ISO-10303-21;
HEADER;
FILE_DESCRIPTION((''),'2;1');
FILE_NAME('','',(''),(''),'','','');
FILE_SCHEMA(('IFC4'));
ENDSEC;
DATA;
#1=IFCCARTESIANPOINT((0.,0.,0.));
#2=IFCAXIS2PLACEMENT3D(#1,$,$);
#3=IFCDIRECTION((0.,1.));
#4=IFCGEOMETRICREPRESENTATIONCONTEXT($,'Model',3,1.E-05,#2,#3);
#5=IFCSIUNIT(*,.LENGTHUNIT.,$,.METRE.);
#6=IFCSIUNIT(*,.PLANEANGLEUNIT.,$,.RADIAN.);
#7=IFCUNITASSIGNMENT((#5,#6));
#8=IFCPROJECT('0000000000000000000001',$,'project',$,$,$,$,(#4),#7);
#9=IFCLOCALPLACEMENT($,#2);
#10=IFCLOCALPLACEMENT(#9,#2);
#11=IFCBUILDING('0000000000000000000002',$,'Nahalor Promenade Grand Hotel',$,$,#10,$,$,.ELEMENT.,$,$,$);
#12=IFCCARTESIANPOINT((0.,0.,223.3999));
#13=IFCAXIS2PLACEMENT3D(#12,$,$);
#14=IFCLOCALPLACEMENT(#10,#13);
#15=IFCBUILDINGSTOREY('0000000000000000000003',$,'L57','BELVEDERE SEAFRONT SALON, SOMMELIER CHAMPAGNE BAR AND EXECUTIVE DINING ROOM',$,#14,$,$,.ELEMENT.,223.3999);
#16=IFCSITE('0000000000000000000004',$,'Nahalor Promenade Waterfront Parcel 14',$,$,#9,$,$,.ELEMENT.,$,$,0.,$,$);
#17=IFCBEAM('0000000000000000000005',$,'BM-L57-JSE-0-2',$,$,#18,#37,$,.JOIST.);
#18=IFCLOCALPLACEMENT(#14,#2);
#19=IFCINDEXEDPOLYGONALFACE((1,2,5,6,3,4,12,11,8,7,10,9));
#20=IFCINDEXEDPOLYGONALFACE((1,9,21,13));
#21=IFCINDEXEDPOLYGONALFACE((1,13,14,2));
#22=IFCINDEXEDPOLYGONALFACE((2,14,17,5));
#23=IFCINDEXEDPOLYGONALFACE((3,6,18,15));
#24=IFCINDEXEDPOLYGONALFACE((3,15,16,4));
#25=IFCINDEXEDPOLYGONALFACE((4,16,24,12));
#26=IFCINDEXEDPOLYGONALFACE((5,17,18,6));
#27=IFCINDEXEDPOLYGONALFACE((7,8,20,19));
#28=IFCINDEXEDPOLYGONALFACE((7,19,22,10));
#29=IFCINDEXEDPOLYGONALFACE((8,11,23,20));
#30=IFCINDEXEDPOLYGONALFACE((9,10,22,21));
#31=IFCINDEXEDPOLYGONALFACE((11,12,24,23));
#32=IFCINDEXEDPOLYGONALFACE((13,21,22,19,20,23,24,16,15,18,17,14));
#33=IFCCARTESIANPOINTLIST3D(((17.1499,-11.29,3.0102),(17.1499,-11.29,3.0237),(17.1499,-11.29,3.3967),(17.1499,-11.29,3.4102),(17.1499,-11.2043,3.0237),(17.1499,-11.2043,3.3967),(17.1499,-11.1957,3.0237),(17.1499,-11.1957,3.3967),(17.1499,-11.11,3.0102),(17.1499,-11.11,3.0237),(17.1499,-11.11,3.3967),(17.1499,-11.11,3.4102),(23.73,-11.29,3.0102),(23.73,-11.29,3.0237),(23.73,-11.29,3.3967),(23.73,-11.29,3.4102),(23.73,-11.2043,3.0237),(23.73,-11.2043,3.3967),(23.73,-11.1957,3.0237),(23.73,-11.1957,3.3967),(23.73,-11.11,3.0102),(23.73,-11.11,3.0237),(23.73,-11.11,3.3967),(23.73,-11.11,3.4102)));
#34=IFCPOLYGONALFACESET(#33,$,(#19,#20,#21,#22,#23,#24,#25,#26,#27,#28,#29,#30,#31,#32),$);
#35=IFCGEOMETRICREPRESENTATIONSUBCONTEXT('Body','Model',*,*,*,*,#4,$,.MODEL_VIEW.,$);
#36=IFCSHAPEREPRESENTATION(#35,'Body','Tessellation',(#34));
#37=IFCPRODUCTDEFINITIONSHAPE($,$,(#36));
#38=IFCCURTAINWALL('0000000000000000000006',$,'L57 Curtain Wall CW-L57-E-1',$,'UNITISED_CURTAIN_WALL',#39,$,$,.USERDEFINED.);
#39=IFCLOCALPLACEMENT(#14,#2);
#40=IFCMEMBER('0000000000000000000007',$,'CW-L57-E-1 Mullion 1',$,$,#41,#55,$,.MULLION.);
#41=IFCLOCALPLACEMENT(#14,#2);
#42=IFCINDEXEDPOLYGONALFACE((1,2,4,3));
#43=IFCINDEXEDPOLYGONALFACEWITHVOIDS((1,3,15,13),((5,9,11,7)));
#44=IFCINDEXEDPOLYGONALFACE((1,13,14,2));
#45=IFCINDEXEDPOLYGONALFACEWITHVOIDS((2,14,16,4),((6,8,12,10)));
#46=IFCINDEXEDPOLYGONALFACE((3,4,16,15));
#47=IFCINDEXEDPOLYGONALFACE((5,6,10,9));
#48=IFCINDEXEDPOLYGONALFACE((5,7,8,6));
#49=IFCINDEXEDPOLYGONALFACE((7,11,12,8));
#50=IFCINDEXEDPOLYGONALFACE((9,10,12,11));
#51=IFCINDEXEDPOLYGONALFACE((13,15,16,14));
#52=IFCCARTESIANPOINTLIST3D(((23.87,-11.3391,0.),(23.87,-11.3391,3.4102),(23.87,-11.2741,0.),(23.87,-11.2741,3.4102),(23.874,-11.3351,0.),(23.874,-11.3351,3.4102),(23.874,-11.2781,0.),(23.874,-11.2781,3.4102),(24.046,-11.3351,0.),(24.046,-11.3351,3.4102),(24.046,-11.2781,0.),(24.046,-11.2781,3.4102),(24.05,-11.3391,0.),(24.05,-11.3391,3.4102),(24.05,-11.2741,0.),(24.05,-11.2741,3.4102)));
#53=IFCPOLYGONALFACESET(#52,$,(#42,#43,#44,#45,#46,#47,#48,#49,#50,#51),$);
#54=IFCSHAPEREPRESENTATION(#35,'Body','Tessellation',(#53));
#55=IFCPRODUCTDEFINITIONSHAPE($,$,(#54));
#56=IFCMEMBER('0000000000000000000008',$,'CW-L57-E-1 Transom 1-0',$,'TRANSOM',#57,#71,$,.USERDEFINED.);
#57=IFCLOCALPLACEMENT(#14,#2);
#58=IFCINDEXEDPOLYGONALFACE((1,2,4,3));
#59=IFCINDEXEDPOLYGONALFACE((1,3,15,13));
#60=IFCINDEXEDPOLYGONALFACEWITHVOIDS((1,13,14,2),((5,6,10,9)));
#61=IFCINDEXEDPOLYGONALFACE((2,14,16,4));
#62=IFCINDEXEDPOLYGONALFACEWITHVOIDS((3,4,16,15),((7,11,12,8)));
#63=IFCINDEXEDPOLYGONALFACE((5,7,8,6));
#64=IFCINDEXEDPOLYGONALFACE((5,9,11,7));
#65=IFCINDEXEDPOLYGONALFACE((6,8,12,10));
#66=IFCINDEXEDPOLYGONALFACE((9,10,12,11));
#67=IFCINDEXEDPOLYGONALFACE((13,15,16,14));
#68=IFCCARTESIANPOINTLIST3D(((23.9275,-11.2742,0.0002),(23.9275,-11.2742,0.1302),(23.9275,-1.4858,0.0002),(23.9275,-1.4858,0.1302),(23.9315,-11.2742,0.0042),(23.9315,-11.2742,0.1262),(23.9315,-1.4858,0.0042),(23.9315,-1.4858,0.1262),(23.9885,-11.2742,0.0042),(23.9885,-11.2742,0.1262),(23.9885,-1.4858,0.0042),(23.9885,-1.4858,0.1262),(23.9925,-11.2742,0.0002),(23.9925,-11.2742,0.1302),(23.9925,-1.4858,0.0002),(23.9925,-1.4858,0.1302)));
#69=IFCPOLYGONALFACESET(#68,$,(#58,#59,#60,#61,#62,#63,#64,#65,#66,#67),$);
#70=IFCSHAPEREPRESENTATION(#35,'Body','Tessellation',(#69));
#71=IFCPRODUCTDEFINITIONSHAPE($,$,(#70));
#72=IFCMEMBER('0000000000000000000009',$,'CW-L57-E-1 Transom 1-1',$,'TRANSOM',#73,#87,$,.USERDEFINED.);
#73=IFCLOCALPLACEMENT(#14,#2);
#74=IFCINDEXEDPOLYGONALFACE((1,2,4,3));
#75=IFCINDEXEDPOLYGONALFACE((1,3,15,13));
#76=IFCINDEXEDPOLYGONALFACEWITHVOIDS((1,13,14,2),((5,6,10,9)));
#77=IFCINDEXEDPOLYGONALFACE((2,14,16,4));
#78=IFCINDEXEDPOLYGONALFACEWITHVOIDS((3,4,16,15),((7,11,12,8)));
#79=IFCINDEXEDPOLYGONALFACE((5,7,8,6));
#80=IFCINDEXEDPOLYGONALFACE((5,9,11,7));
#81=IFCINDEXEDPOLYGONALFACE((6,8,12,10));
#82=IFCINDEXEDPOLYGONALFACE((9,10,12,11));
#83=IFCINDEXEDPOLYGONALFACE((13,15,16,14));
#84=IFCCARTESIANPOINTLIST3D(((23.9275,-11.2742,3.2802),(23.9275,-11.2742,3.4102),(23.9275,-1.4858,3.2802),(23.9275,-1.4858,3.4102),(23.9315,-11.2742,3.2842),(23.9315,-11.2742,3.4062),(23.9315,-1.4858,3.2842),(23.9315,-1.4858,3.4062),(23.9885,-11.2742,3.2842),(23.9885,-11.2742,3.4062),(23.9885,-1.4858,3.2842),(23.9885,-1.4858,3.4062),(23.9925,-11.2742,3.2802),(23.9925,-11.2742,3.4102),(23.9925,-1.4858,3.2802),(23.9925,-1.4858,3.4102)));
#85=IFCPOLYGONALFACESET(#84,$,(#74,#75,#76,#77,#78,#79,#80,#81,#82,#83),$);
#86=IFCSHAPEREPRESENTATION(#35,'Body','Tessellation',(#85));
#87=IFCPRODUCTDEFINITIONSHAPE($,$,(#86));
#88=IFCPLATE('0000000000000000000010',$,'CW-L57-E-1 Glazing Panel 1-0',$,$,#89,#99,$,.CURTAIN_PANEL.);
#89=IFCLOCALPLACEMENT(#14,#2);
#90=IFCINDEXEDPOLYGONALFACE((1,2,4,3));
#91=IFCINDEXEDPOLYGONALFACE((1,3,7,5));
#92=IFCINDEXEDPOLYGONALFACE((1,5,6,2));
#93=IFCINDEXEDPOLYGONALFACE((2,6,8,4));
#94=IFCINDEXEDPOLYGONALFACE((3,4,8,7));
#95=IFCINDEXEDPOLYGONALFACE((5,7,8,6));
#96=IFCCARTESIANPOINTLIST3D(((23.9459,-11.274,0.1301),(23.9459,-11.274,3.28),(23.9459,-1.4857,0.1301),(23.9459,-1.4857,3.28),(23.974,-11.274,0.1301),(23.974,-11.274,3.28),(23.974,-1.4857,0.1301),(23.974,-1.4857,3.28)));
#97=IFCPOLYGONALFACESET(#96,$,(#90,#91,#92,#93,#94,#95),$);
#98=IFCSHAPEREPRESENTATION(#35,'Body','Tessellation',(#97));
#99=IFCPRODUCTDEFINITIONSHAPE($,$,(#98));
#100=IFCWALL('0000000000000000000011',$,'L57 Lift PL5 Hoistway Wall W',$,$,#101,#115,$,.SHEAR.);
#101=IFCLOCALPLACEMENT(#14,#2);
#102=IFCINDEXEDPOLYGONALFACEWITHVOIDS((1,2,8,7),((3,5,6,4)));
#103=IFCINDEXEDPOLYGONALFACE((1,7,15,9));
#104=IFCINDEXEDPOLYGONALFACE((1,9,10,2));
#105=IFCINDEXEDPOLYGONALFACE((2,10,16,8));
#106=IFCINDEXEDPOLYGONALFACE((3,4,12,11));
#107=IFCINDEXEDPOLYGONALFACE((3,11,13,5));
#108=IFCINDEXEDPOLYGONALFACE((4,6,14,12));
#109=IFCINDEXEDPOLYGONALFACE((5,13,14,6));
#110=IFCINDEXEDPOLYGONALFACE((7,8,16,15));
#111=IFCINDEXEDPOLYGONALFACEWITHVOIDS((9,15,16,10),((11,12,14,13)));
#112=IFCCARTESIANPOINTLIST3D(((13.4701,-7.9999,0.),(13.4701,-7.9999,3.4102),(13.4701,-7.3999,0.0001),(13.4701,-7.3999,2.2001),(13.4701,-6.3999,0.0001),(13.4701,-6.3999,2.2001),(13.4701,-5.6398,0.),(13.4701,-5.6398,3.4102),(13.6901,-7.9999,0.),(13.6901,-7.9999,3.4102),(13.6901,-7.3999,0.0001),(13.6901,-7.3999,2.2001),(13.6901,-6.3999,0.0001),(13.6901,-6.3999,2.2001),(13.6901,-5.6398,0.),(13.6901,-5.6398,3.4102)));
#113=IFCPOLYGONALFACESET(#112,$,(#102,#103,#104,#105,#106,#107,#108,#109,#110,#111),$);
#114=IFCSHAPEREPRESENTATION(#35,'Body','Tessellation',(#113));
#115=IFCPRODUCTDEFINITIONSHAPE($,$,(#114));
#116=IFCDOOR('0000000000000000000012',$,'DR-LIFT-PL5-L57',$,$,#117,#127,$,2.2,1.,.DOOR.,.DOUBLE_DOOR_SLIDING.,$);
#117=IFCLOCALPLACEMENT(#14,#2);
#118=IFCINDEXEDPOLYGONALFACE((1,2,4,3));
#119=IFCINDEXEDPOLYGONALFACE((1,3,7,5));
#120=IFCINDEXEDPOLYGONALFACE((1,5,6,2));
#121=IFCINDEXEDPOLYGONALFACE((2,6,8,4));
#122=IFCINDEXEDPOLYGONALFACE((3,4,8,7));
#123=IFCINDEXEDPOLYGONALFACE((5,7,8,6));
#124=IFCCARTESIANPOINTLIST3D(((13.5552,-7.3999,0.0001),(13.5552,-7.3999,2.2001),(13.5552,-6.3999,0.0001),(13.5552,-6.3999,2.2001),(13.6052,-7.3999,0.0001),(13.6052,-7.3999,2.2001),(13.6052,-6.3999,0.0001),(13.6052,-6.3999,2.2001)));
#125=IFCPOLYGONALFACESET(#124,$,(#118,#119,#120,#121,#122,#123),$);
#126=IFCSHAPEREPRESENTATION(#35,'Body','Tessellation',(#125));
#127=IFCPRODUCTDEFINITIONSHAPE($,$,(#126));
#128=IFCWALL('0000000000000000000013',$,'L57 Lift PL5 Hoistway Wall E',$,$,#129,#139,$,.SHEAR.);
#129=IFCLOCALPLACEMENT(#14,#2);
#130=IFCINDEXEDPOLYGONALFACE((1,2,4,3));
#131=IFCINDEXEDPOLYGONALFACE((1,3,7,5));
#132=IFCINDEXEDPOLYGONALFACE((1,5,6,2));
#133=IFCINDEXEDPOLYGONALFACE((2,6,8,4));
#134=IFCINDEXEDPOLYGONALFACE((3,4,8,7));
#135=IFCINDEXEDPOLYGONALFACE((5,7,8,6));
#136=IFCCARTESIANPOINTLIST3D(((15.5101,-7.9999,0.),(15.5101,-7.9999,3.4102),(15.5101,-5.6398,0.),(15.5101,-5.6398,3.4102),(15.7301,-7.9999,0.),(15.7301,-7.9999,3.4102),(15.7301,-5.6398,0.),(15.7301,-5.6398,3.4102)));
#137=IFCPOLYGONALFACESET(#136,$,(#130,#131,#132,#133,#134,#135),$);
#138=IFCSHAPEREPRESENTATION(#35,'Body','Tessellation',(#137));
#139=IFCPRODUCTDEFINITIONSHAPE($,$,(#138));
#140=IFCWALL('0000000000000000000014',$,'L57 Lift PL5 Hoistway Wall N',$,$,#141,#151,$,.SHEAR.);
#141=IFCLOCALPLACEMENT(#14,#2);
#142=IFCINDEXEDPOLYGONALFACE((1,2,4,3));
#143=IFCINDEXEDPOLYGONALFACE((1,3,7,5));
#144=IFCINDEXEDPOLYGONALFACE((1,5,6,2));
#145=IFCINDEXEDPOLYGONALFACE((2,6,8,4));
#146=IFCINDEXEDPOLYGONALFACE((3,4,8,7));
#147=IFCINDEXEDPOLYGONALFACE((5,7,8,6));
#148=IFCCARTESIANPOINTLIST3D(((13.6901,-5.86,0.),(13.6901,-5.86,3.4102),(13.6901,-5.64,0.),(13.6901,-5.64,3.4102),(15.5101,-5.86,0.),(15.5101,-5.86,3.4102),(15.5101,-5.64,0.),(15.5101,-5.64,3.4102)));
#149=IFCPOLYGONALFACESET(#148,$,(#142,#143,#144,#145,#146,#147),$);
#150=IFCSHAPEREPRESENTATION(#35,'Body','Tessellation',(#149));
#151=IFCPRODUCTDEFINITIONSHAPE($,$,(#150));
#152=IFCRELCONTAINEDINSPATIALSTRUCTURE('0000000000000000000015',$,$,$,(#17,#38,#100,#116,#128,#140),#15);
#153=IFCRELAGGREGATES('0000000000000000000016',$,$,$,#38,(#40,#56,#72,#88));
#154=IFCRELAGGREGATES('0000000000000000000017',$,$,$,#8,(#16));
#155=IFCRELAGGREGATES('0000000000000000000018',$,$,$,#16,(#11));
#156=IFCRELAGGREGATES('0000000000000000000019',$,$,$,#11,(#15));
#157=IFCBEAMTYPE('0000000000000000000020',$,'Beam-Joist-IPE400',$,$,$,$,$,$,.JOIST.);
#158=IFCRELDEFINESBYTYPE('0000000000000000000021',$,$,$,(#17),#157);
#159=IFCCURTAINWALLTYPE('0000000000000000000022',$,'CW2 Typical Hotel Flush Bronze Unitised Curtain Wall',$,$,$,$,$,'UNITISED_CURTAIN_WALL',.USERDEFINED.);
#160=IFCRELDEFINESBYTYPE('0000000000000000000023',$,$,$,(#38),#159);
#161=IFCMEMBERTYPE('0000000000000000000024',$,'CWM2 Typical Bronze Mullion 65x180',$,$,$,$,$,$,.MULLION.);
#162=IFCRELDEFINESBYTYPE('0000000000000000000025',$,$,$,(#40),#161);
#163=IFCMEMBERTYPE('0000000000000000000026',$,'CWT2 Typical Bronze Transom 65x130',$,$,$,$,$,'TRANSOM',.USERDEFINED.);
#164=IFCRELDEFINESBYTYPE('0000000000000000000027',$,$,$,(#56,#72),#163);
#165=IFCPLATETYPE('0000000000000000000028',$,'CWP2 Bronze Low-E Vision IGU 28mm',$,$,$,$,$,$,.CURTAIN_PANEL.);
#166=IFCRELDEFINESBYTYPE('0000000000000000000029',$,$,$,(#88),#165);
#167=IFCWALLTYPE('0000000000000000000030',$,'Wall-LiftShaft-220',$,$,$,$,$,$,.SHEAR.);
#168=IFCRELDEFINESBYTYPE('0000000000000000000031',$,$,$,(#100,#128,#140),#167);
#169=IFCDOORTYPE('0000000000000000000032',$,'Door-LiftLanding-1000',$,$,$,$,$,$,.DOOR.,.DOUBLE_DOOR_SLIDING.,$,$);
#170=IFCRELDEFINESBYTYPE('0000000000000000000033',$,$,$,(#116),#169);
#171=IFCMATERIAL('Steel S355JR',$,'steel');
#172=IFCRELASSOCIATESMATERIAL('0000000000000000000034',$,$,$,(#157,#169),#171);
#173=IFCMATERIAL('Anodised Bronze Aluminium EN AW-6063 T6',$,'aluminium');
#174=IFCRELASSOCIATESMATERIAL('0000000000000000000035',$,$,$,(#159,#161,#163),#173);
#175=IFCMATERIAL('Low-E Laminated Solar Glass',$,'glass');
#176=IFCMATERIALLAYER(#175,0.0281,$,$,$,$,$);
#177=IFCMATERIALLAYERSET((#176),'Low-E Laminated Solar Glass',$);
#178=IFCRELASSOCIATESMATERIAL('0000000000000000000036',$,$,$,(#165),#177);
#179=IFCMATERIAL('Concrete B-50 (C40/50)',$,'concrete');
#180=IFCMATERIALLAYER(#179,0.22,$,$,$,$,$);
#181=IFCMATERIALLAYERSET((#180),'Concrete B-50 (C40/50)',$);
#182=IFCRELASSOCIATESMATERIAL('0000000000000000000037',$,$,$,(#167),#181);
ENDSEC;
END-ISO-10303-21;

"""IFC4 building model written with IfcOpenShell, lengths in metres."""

from ifc_helpers import new_model, si_unit, direction, frame, frame_2d, origin, origin_2d, place, context, subcontext, project, spatial, rectangle, hollow_rectangle, i_section, extrude, source, transform, mapped, material, layer, layer_set, material_profile, profile_set, type_object, element, fill, aggregate, save


model = new_model("IFC4")

# Units and contexts
model_context = context("Model", 3, precision=1e-05, world=origin(), true_north=direction((0.0, 1.0)))
body_context = subcontext(model_context, "Body", "Model", "MODEL_VIEW")
ifc_project = project(units=[si_unit("LENGTHUNIT", "METRE"), si_unit("PLANEANGLEUNIT", "RADIAN")], contexts=[model_context])

# Site, building, storey
site_placement = place(None, origin())
site = spatial("IfcSite", under=ifc_project, at=site_placement, Name="Nahalor Promenade Waterfront Parcel 14", CompositionType="ELEMENT", RefElevation=0.0)
building_placement = place(site_placement, origin())
building = spatial("IfcBuilding", under=site, at=building_placement, Name="Nahalor Promenade Grand Hotel", CompositionType="ELEMENT")
storey_placement = place(building_placement, frame((0.0, 0.0, 223.3999)))
storey = spatial("IfcBuildingStorey", under=building, at=storey_placement, Name="L57", Description="BELVEDERE SEAFRONT SALON, SOMMELIER CHAMPAGNE BAR AND EXECUTIVE DINING ROOM", CompositionType="ELEMENT", Elevation=223.3999)

# Shared definitions
ifc_material_1 = material(Name="Steel S355JR", Category="steel")

# Beam
ifc_material_profile_1 = material_profile(ifc_material_1, i_section(OverallWidth=0.18, OverallDepth=0.4, WebThickness=0.0086, FlangeThickness=0.0135, at=origin_2d()), Name="IPE 400")
ifc_profile_set_1 = profile_set([ifc_material_profile_1], Name="Steel S355JR")
beam_type_1 = type_object("IfcBeamType", Name="Beam-Joist-IPE400", PredefinedType="JOIST", material=ifc_profile_set_1)
shared_shape_1 = source(origin(), body_context, "Body", "SweptSolid", [
    extrude(i_section(OverallWidth=0.18, OverallDepth=0.4, WebThickness=0.0086, FlangeThickness=0.0135, at=origin_2d()), origin(), (0.0, 0.0, 1.0), 6.5801),
])
beam_1_placement = place(storey_placement, frame((17.1499, -11.2, 3.2102), z_axis=(1.0, 0.0, 0.0), x_axis=(0.0, 1.0, 0.0)))
element("IfcBeam", 1, at=beam_1_placement, inside=storey, type_object=beam_type_1, Name="BM-L57-JSE-0-2", PredefinedType="JOIST", context=body_context, shape_type="MappedRepresentation", body=[
    mapped(shared_shape_1, transform((0.0, 0.0, 0.0), scale=1.0)),
])

# Curtain wall, members, plate
ifc_material_2 = material(Name="Anodised Bronze Aluminium EN AW-6063 T6", Category="aluminium")
curtain_wall_type = type_object("IfcCurtainWallType", Name="CW2 Typical Hotel Flush Bronze Unitised Curtain Wall", ElementType="UNITISED_CURTAIN_WALL", PredefinedType="USERDEFINED", material=ifc_material_2)
curtain_wall_placement = place(storey_placement, origin())
curtain_wall = element("IfcCurtainWall", 2, at=curtain_wall_placement, inside=storey, type_object=curtain_wall_type, Name="L57 Curtain Wall CW-L57-E-1", ObjectType="UNITISED_CURTAIN_WALL", PredefinedType="USERDEFINED")
ifc_material_profile_2 = material_profile(ifc_material_2, hollow_rectangle(XDim=0.065, YDim=0.18, WallThickness=0.004, at=origin_2d()), Name="CWM 65x180x4")
ifc_profile_set_2 = profile_set([ifc_material_profile_2], Name="Anodised Bronze Aluminium EN AW-6063 T6")
member_type_1 = type_object("IfcMemberType", Name="CWM2 Typical Bronze Mullion 65x180", PredefinedType="MULLION", material=ifc_profile_set_2)
shared_shape_2 = source(origin(), body_context, "Body", "SweptSolid", [
    extrude(hollow_rectangle(XDim=0.065, YDim=0.18, WallThickness=0.004, at=origin_2d()), origin(), (0.0, 0.0, 1.0), 3.4102),
])
member_1_placement = place(storey_placement, frame((23.96, -11.3066, 0.0), z_axis=(0.0, 0.0, 1.0), x_axis=(0.0, 1.0, 0.0)))
member_1 = element("IfcMember", 3, at=member_1_placement, type_object=member_type_1, Name="CW-L57-E-1 Mullion 1", PredefinedType="MULLION", context=body_context, shape_type="MappedRepresentation", body=[
    mapped(shared_shape_2, transform((0.0, 0.0, 0.0), scale=1.0)),
])
ifc_material_profile_3 = material_profile(ifc_material_2, hollow_rectangle(XDim=0.065, YDim=0.13, WallThickness=0.004, at=origin_2d()), Name="CWT 65x130x4")
ifc_profile_set_3 = profile_set([ifc_material_profile_3], Name="Anodised Bronze Aluminium EN AW-6063 T6")
member_type_2 = type_object("IfcMemberType", Name="CWT2 Typical Bronze Transom 65x130", ElementType="TRANSOM", PredefinedType="USERDEFINED", material=ifc_profile_set_3)
shared_shape_3 = source(origin(), body_context, "Body", "SweptSolid", [
    extrude(hollow_rectangle(XDim=0.065, YDim=0.13, WallThickness=0.004, at=origin_2d()), origin(), (0.0, 0.0, 1.0), 9.7883),
])
member_2_placement = place(storey_placement, frame((23.96, -11.2742, 0.0652), z_axis=(0.0, 1.0, 0.0), x_axis=(-1.0, 0.0, 0.0)))
member_2 = element("IfcMember", 4, at=member_2_placement, type_object=member_type_2, Name="CW-L57-E-1 Transom 1-0", ObjectType="TRANSOM", PredefinedType="USERDEFINED", context=body_context, shape_type="MappedRepresentation", body=[
    mapped(shared_shape_3, transform((0.0, 0.0, 0.0), scale=1.0)),
])
member_3_placement = place(storey_placement, frame((23.96, -11.2742, 3.3452), z_axis=(0.0, 1.0, 0.0), x_axis=(-1.0, 0.0, 0.0)))
member_3 = element("IfcMember", 5, at=member_3_placement, type_object=member_type_2, Name="CW-L57-E-1 Transom 1-1", ObjectType="TRANSOM", PredefinedType="USERDEFINED", context=body_context, shape_type="MappedRepresentation", body=[
    mapped(shared_shape_3, transform((0.0, 0.0, 0.0), scale=1.0)),
])
ifc_material_3 = material(Name="Low-E Laminated Solar Glass", Category="glass")
ifc_layer_1 = layer(ifc_material_3, 0.0281)
ifc_layer_set_1 = layer_set([ifc_layer_1], Name="Low-E Laminated Solar Glass")
plate_type = type_object("IfcPlateType", Name="CWP2 Bronze Low-E Vision IGU 28mm", PredefinedType="CURTAIN_PANEL", material=ifc_layer_set_1)
shared_shape_4 = source(origin(), body_context, "Body", "SweptSolid", [
    extrude(rectangle(XDim=9.7883, YDim=0.0281, at=origin_2d()), origin(), (0.0, 0.0, 1.0), 3.1499),
])
plate_placement = place(storey_placement, frame((23.96, -6.3799, 0.1301), z_axis=(0.0, 0.0, 1.0), x_axis=(0.0, 1.0, 0.0)))
plate = element("IfcPlate", 6, at=plate_placement, type_object=plate_type, Name="CW-L57-E-1 Glazing Panel 1-0", PredefinedType="CURTAIN_PANEL", context=body_context, shape_type="MappedRepresentation", body=[
    mapped(shared_shape_4, transform((0.0, 0.0, 0.0), scale=1.0)),
])
aggregate(curtain_wall, [member_1, member_2, member_3, plate])

# Wall, opening, door
ifc_material_4 = material(Name="Concrete B-50 (C40/50)", Category="concrete")
ifc_layer_2 = layer(ifc_material_4, 0.22)
ifc_layer_set_2 = layer_set([ifc_layer_2], Name="Concrete B-50 (C40/50)")
wall_type_1 = type_object("IfcWallType", Name="Wall-LiftShaft-220", PredefinedType="SHEAR", material=ifc_layer_set_2)
shared_shape_5 = source(origin(), body_context, "Body", "SweptSolid", [
    extrude(rectangle(XDim=2.3601, YDim=0.22, at=frame_2d((1.1802, 0.0))), origin(), (0.0, 0.0, 1.0), 3.4102),
])
wall_1_placement = place(storey_placement, frame((13.5801, -8.0, 0.0), z_axis=(0.0, 0.0, 1.0), x_axis=(0.0, 1.0, 0.0)))
wall_1 = element("IfcWall", 7, at=wall_1_placement, inside=storey, type_object=wall_type_1, Name="L57 Lift PL5 Hoistway Wall W", PredefinedType="SHEAR", context=body_context, shape_type="MappedRepresentation", body=[
    mapped(shared_shape_5, transform((0.0, 0.0, 0.0), scale=1.0)),
])
opening_1_placement = place(wall_1_placement, frame((0.6001, 0.0, 0.0)))
opening_1 = element("IfcOpeningElement", 8, at=opening_1_placement, cuts=wall_1, PredefinedType="OPENING", context=body_context, shape_type="SweptSolid", body=[
    extrude(rectangle(XDim=1.0, YDim=2.2, at=frame_2d((0.5, 1.1001))), frame((0.0, 0.1199, 0.0), z_axis=(0.0, -1.0, 0.0), x_axis=(1.0, 0.0, 0.0)), (0.0, 0.0, 1.0), 0.24),
])
door_type_1 = type_object("IfcDoorType", Name="Door-LiftLanding-1000", OperationType="DOUBLE_DOOR_SLIDING", PredefinedType="DOOR", material=ifc_material_1)
shared_shape_6 = source(origin(), body_context, "Body", "SweptSolid", [
    extrude(rectangle(XDim=1.0, YDim=2.2, at=frame_2d((0.5, 1.1001))), frame((0.0, 0.0249, 0.0), z_axis=(0.0, -1.0, 0.0), x_axis=(1.0, 0.0, 0.0)), (0.0, 0.0, 1.0), 0.05),
])
door_1_placement = place(opening_1_placement, origin())
door_1 = element("IfcDoor", 9, at=door_1_placement, inside=storey, type_object=door_type_1, Name="DR-LIFT-PL5-L57", OperationType="DOUBLE_DOOR_SLIDING", OverallHeight=2.2, OverallWidth=1.0, PredefinedType="DOOR", context=body_context, shape_type="MappedRepresentation", body=[
    mapped(shared_shape_6, transform((0.0, 0.0, 0.0), scale=1.0)),
])
fill(opening_1, door_1)

# Walls
wall_2_placement = place(storey_placement, frame((15.6201, -8.0, 0.0), z_axis=(0.0, 0.0, 1.0), x_axis=(0.0, 1.0, 0.0)))
element("IfcWall", 10, at=wall_2_placement, inside=storey, type_object=wall_type_1, Name="L57 Lift PL5 Hoistway Wall E", PredefinedType="SHEAR", context=body_context, shape_type="MappedRepresentation", body=[
    mapped(shared_shape_5, transform((0.0, 0.0, 0.0), scale=1.0)),
])
shared_shape_7 = source(origin(), body_context, "Body", "SweptSolid", [
    extrude(rectangle(XDim=1.8201, YDim=0.22, at=frame_2d((0.9102, 0.0))), origin(), (0.0, 0.0, 1.0), 3.4102),
])
wall_3_placement = place(storey_placement, frame((13.6899, -5.75, 0.0), z_axis=(0.0, 0.0, 1.0), x_axis=(1.0, 0.0, 0.0)))
element("IfcWall", 11, at=wall_3_placement, inside=storey, type_object=wall_type_1, Name="L57 Lift PL5 Hoistway Wall N", PredefinedType="SHEAR", context=body_context, shape_type="MappedRepresentation", body=[
    mapped(shared_shape_7, transform((0.0, 0.0, 0.0), scale=1.0)),
])

save(model, "model.ifc")
